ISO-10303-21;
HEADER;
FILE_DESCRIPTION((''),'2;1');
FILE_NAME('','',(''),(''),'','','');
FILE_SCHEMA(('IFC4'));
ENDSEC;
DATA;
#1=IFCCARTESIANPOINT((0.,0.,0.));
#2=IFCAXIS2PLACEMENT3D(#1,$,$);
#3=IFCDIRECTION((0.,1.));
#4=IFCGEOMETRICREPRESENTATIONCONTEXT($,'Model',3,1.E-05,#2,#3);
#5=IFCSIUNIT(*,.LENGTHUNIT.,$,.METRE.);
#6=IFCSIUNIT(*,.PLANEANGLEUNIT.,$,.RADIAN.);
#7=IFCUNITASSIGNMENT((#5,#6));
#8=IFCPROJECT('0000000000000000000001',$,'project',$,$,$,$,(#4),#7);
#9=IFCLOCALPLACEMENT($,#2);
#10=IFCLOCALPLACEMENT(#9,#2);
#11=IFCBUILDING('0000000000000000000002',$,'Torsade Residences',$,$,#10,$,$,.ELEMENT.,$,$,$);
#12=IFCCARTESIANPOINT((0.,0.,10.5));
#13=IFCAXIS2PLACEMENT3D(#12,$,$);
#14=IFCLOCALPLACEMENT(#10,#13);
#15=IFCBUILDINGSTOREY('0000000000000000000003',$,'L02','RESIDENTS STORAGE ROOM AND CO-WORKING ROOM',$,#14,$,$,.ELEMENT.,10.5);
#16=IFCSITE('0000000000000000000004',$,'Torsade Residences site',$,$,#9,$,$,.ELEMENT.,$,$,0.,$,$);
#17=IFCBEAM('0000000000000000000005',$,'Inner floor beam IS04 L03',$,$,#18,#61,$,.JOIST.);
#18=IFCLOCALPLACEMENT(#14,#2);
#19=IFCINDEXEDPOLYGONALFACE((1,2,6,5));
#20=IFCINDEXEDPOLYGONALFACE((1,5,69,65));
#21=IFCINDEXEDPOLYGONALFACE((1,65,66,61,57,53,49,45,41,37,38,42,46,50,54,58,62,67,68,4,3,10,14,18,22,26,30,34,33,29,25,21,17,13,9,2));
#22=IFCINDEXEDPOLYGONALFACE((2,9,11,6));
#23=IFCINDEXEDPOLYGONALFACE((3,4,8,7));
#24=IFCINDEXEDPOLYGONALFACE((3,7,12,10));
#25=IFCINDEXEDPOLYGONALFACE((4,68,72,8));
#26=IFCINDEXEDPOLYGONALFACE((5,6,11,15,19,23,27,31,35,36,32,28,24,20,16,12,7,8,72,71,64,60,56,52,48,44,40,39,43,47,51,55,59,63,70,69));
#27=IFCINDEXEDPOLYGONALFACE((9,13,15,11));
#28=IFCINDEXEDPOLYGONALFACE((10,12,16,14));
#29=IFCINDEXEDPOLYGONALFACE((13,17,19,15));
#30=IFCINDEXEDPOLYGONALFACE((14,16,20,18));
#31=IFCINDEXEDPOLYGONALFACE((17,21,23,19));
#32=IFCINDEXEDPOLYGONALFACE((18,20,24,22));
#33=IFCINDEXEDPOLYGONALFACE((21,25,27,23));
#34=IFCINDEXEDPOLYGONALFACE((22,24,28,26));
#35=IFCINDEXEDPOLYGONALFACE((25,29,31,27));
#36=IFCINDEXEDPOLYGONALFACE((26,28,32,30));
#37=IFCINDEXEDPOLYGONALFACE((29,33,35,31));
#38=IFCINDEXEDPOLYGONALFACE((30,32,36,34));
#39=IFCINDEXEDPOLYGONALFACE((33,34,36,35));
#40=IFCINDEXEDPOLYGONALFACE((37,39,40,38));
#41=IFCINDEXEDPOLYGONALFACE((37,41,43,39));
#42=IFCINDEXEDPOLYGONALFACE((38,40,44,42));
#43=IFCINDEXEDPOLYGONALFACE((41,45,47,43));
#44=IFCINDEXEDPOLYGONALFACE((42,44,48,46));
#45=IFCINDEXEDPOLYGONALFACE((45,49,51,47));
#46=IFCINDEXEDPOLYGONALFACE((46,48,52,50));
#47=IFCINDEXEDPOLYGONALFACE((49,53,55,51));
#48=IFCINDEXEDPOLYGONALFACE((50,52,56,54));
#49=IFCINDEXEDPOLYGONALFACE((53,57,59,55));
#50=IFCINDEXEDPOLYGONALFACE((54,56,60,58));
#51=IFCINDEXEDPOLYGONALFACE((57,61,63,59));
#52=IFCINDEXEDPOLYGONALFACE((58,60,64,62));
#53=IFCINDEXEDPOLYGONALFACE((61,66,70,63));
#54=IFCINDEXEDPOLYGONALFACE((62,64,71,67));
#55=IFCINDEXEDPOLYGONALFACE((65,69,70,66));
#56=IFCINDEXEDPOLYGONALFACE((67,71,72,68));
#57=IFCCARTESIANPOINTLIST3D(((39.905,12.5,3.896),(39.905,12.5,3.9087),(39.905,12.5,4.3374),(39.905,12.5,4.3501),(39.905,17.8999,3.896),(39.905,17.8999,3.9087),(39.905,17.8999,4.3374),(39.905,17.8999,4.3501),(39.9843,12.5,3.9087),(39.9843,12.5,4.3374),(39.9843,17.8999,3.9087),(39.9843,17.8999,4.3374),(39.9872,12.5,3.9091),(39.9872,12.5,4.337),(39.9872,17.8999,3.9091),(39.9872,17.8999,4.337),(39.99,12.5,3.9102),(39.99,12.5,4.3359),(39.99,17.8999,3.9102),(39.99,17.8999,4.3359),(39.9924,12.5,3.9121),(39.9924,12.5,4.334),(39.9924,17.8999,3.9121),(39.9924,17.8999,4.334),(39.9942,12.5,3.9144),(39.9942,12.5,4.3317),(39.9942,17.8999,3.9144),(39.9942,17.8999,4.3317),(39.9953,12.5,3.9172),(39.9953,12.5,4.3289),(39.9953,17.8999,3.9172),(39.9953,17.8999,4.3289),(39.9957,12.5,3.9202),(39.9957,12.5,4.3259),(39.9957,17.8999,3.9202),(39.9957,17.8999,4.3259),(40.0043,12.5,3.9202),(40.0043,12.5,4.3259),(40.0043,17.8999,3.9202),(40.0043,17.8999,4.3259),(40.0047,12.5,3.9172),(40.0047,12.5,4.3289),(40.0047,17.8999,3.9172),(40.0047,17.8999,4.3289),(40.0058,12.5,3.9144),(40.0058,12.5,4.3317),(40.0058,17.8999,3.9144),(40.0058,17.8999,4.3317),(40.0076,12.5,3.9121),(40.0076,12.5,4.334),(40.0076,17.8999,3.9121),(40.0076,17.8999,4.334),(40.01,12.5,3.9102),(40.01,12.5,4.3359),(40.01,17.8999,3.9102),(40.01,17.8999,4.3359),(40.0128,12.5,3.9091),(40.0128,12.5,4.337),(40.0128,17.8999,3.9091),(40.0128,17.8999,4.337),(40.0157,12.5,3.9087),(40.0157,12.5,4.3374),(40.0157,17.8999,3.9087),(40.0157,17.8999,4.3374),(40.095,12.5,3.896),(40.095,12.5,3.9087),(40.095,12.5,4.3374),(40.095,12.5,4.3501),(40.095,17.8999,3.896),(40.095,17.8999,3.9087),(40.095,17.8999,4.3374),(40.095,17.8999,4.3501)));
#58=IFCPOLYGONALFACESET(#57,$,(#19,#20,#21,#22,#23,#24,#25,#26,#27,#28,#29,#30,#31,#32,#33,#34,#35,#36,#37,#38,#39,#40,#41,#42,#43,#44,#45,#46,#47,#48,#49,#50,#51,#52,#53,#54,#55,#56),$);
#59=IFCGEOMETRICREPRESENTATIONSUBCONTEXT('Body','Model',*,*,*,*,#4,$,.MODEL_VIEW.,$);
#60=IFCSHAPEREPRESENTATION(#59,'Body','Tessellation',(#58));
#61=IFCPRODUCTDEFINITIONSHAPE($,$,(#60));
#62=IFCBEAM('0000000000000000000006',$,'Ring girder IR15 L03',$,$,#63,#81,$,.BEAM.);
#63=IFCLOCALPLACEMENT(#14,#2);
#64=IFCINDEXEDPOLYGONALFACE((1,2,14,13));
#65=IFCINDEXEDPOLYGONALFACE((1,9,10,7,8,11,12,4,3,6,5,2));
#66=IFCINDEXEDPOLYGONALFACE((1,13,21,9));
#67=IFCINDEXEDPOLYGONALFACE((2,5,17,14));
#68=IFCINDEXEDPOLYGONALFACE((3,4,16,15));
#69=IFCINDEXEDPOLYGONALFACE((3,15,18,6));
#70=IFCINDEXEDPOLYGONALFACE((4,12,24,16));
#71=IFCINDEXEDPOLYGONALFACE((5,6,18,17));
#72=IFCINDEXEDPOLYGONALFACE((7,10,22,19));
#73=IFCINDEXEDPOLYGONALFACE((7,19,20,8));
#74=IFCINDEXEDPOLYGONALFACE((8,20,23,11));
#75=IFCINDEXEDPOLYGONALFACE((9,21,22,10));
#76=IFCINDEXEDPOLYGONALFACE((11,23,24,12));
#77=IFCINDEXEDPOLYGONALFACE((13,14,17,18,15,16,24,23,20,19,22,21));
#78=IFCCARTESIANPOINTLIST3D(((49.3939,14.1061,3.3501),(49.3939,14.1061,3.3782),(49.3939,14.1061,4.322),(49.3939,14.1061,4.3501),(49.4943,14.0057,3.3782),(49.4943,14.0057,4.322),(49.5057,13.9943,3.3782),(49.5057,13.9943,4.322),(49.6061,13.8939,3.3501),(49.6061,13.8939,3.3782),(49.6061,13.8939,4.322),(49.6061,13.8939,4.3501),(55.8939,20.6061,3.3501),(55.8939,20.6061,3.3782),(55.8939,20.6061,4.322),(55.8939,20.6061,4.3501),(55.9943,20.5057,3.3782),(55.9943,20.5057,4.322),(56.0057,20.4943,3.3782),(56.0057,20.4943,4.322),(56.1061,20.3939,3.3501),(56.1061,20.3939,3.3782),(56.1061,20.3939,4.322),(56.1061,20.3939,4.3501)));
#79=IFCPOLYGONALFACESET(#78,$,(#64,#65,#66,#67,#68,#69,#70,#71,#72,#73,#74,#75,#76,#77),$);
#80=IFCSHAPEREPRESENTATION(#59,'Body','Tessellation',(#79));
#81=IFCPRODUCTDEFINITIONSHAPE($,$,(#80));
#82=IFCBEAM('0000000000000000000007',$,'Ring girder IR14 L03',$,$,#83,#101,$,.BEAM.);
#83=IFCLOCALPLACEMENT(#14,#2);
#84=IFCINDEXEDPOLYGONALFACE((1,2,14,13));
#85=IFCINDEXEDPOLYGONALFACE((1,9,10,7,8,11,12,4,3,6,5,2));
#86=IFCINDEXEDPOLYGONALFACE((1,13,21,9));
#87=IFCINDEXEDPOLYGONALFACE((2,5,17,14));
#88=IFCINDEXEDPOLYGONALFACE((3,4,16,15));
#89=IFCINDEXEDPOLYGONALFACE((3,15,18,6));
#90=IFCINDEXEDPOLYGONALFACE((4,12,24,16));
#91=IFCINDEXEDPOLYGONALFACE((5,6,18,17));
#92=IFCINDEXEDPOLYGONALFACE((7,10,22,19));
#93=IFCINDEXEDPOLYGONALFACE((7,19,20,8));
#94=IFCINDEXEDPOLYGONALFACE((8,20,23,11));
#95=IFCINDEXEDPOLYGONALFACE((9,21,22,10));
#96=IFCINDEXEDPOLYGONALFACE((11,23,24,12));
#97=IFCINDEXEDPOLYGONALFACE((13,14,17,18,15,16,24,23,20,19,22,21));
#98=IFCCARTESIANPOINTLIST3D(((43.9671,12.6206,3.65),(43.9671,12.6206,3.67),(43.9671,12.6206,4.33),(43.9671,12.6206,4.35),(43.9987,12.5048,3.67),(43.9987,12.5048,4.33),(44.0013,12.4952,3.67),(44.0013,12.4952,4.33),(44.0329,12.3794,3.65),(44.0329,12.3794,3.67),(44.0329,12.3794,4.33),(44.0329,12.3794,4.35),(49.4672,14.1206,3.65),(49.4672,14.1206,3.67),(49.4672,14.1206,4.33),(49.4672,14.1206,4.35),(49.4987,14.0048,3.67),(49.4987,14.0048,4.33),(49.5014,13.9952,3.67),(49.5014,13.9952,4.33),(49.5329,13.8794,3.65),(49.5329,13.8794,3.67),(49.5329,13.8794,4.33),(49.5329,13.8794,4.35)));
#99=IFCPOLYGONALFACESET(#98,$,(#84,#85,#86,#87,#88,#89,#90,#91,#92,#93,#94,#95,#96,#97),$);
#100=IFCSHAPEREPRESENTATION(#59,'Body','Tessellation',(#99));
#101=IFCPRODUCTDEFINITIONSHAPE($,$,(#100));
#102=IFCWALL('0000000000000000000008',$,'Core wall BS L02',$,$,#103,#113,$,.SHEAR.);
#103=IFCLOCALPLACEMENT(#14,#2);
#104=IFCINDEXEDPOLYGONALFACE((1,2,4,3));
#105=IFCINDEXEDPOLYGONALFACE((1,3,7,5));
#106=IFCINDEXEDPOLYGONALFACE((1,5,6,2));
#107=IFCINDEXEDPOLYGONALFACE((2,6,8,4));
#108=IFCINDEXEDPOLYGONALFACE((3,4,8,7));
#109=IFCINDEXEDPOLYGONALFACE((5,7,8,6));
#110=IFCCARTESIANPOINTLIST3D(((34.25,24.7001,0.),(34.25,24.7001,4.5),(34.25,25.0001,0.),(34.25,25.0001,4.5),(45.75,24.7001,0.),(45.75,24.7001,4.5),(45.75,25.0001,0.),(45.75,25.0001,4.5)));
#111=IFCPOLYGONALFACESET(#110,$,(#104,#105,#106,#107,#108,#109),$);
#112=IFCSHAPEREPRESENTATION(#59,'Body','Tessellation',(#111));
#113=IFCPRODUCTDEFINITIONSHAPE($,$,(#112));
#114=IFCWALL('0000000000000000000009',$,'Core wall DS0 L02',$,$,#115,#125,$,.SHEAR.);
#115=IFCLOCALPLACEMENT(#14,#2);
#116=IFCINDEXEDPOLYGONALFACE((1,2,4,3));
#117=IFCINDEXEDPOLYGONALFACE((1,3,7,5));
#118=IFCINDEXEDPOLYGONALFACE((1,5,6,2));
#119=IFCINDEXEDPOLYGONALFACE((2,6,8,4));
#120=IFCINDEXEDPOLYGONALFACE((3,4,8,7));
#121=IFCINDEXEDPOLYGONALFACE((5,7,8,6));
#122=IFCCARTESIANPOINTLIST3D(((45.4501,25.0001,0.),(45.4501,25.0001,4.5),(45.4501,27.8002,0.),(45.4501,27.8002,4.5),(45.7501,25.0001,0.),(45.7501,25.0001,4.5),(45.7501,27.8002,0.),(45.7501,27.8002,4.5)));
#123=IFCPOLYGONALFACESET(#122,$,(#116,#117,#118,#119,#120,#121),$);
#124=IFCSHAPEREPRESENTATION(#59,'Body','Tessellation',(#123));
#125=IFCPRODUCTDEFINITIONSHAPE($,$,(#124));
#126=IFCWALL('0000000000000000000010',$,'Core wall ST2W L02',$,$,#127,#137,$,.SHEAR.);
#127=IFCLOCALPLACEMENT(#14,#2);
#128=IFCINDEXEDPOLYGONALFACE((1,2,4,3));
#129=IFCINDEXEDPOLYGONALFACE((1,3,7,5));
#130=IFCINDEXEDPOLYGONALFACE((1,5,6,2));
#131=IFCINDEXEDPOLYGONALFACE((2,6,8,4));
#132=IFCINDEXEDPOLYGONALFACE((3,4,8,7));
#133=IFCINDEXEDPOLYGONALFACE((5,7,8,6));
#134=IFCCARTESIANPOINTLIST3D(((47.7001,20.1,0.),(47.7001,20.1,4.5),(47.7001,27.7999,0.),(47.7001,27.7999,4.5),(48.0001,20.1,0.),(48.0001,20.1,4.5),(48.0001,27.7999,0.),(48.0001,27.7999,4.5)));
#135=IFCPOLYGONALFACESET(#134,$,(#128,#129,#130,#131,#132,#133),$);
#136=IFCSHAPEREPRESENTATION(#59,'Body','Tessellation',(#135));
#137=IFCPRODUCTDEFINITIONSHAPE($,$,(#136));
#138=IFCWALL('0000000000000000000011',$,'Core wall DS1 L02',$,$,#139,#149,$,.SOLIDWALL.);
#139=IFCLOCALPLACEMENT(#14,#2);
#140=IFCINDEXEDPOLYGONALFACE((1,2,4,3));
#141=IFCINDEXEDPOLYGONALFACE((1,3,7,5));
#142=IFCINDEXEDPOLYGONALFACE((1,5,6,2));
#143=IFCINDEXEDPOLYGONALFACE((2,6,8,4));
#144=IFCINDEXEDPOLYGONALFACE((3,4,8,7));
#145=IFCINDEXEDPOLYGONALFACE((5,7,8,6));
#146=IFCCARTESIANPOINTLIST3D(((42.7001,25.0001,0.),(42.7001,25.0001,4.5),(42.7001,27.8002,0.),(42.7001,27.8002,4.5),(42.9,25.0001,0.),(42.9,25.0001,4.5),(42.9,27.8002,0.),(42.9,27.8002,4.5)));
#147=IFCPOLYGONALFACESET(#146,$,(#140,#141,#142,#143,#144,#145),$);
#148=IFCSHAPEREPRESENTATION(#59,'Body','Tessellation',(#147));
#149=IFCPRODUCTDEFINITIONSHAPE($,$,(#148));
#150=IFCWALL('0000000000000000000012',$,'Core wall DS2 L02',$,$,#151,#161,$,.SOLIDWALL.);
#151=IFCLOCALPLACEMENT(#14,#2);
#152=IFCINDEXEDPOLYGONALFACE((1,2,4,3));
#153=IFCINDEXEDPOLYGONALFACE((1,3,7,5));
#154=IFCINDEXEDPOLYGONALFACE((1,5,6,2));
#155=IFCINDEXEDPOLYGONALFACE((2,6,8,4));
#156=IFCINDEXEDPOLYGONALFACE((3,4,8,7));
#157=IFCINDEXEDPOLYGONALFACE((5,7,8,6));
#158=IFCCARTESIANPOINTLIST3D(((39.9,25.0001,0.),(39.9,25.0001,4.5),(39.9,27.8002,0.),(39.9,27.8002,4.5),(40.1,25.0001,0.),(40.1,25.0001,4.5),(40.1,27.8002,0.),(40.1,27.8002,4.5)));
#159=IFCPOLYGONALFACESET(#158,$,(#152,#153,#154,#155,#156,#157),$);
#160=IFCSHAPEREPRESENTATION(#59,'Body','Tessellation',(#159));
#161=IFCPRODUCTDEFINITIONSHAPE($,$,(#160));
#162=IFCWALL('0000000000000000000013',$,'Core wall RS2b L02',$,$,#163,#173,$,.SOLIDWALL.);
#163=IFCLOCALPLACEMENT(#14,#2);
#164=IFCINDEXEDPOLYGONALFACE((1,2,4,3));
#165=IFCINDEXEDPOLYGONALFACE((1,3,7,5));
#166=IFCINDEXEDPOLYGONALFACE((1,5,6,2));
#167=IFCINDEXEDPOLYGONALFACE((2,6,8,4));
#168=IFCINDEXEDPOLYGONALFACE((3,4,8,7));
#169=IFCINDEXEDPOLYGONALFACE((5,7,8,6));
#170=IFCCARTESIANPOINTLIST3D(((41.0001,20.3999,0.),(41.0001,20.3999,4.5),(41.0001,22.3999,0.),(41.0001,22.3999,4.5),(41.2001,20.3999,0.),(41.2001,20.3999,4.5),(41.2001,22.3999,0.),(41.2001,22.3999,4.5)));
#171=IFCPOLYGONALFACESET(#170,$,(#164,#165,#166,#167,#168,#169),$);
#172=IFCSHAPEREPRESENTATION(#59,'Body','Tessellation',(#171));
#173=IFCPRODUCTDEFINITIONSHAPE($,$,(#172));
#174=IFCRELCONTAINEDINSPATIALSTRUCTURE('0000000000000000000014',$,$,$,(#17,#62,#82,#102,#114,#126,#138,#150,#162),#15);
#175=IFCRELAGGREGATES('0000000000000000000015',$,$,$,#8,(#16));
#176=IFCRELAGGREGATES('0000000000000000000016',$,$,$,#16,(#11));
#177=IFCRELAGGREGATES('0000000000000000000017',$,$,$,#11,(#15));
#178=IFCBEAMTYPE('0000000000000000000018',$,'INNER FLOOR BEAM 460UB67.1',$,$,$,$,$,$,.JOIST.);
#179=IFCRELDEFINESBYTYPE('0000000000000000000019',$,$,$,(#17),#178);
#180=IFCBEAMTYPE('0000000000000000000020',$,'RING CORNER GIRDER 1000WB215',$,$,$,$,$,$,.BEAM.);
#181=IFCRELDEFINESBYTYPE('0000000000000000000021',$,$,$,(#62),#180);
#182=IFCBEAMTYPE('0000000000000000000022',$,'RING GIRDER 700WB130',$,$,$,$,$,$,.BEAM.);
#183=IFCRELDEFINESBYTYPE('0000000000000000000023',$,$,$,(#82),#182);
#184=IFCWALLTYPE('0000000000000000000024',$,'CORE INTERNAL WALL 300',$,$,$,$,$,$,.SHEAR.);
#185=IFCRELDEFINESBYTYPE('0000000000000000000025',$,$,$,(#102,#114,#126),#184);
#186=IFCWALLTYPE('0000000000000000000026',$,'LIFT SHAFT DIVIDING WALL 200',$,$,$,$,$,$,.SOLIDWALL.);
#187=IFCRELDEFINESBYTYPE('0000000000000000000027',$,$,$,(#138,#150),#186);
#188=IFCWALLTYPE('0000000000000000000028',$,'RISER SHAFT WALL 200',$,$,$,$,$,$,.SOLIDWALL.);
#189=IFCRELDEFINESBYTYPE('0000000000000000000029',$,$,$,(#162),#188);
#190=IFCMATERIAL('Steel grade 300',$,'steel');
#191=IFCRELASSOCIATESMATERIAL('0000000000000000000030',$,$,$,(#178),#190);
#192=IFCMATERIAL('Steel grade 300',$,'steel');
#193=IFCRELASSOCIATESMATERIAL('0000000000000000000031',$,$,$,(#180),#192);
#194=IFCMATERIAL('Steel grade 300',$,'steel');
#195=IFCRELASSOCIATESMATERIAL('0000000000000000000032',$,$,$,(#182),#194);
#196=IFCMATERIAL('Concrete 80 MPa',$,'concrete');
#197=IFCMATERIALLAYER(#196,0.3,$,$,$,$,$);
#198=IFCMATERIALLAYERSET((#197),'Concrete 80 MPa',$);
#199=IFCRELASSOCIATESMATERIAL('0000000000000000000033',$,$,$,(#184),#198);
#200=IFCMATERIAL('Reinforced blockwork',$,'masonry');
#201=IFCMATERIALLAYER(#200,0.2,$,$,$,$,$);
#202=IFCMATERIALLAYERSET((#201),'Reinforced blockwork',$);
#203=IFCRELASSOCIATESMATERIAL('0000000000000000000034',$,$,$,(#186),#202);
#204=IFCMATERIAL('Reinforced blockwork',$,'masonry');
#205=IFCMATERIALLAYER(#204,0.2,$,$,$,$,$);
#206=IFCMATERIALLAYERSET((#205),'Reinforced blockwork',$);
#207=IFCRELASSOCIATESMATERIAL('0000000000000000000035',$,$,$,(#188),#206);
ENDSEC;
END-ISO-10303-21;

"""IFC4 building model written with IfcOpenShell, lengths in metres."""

from ifc_helpers import new_model, si_unit, direction, frame, frame_2d, origin, origin_2d, place, context, subcontext, project, spatial, rectangle, i_section, extrude, material, layer, layer_set, material_profile, profile_set, type_object, element, save


model = new_model("IFC4")

# Units and contexts
model_context = context("Model", 3, precision=1e-05, world=origin(), true_north=direction((0.0, 1.0)))
body_context = subcontext(model_context, "Body", "Model", "MODEL_VIEW")
ifc_project = project(units=[si_unit("LENGTHUNIT", "METRE"), si_unit("PLANEANGLEUNIT", "RADIAN")], contexts=[model_context])

# Site, building, storey
site_placement = place(None, origin())
site = spatial("IfcSite", under=ifc_project, at=site_placement, Name="Torsade Residences site", CompositionType="ELEMENT", RefElevation=0.0)
building_placement = place(site_placement, origin())
building = spatial("IfcBuilding", under=site, at=building_placement, Name="Torsade Residences", CompositionType="ELEMENT")
storey_placement = place(building_placement, frame((0.0, 0.0, 10.5)))
storey = spatial("IfcBuildingStorey", under=building, at=storey_placement, Name="L02", Description="RESIDENTS STORAGE ROOM AND CO-WORKING ROOM", CompositionType="ELEMENT", Elevation=10.5)

# Beams
ifc_material_1 = material(Name="Steel grade 300", Category="steel")
ifc_material_profile_1 = material_profile(ifc_material_1, i_section(OverallWidth=0.1899, OverallDepth=0.4541, WebThickness=0.0085, FlangeThickness=0.0127, FilletRadius=0.0115, at=origin_2d()), Name="460UB67.1")
ifc_profile_set_1 = profile_set([ifc_material_profile_1], Name="Steel grade 300")
beam_type_1 = type_object("IfcBeamType", Name="INNER FLOOR BEAM 460UB67.1", PredefinedType="JOIST", material=ifc_profile_set_1)
for number, where, z_axis, x_axis, name in (
    (1, (40.0, 17.8999, 4.123), (0.0, -1.0, 0.0), (1.0, 0.0, 0.0), "Inner floor beam IS04 L03"),
):
    element("IfcBeam", number, at=place(storey_placement, frame(where, z_axis=z_axis, x_axis=x_axis)), inside=storey, type_object=beam_type_1, Name=name, PredefinedType="JOIST", context=body_context, shape_type="SweptSolid", body=[
        extrude(i_section(OverallWidth=0.1899, OverallDepth=0.4541, WebThickness=0.0085, FlangeThickness=0.0127, FilletRadius=0.0115, at=origin_2d()), origin(), (0.0, 0.0, 1.0), 5.3999),
    ])
ifc_material_2 = material(Name="Steel grade 300", Category="steel")
ifc_material_profile_2 = material_profile(ifc_material_2, i_section(OverallWidth=0.3, OverallDepth=1.0, WebThickness=0.0161, FlangeThickness=0.0281, at=origin_2d()), Name="1000WB215")
ifc_profile_set_2 = profile_set([ifc_material_profile_2], Name="Steel grade 300")
beam_type_2 = type_object("IfcBeamType", Name="RING CORNER GIRDER 1000WB215", PredefinedType="BEAM", material=ifc_profile_set_2)
beam_1_placement = place(storey_placement, frame((49.5, 14.0, 3.8501), z_axis=(0.707107, 0.707107, 0.0), x_axis=(-0.707107, 0.707107, 0.0)))
element("IfcBeam", 2, at=beam_1_placement, inside=storey, type_object=beam_type_2, Name="Ring girder IR15 L03", PredefinedType="BEAM", context=body_context, shape_type="SweptSolid", body=[
    extrude(i_section(OverallWidth=0.3, OverallDepth=1.0, WebThickness=0.0161, FlangeThickness=0.0281, at=origin_2d()), origin(), (0.0, 0.0, 1.0), 9.1924),
])
ifc_material_3 = material(Name="Steel grade 300", Category="steel")
ifc_material_profile_3 = material_profile(ifc_material_3, i_section(OverallWidth=0.25, OverallDepth=0.7, WebThickness=0.01, FlangeThickness=0.02, at=origin_2d()), Name="700WB130")
ifc_profile_set_3 = profile_set([ifc_material_profile_3], Name="Steel grade 300")
beam_type_3 = type_object("IfcBeamType", Name="RING GIRDER 700WB130", PredefinedType="BEAM", material=ifc_profile_set_3)
beam_2_placement = place(storey_placement, frame((44.0, 12.5, 4.0), z_axis=(0.964764, 0.263117, 0.0), x_axis=(-0.263117, 0.964764, 0.0)))
element("IfcBeam", 3, at=beam_2_placement, inside=storey, type_object=beam_type_3, Name="Ring girder IR14 L03", PredefinedType="BEAM", context=body_context, shape_type="SweptSolid", body=[
    extrude(i_section(OverallWidth=0.25, OverallDepth=0.7, WebThickness=0.01, FlangeThickness=0.02, at=origin_2d()), origin(), (0.0, 0.0, 1.0), 5.7009),
])

# Walls
ifc_material_4 = material(Name="Concrete 80 MPa", Category="concrete")
ifc_layer_1 = layer(ifc_material_4, 0.3)
ifc_layer_set_1 = layer_set([ifc_layer_1], Name="Concrete 80 MPa")
wall_type_1 = type_object("IfcWallType", Name="CORE INTERNAL WALL 300", PredefinedType="SHEAR", material=ifc_layer_set_1)
wall_1_placement = place(storey_placement, frame((45.75, 24.8501, 0.0), z_axis=(0.0, 0.0, 1.0), x_axis=(-1.0, 0.0, 0.0)))
element("IfcWall", 4, at=wall_1_placement, inside=storey, type_object=wall_type_1, Name="Core wall BS L02", PredefinedType="SHEAR", context=body_context, shape_type="SweptSolid", body=[
    extrude(rectangle(XDim=11.5, YDim=0.3, at=frame_2d((5.75, 0.0))), origin(), (0.0, 0.0, 1.0), 4.5),
])
wall_2_placement = place(storey_placement, frame((45.6001, 27.8, 0.0), z_axis=(0.0, 0.0, 1.0), x_axis=(0.0, -1.0, 0.0)))
element("IfcWall", 5, at=wall_2_placement, inside=storey, type_object=wall_type_1, Name="Core wall DS0 L02", PredefinedType="SHEAR", context=body_context, shape_type="SweptSolid", body=[
    extrude(rectangle(XDim=2.8, YDim=0.3, at=frame_2d((1.3999, 0.0))), origin(), (0.0, 0.0, 1.0), 4.5),
])
wall_3_placement = place(storey_placement, frame((47.8501, 27.8, 0.0), z_axis=(0.0, 0.0, 1.0), x_axis=(0.0, -1.0, 0.0)))
element("IfcWall", 6, at=wall_3_placement, inside=storey, type_object=wall_type_1, Name="Core wall ST2W L02", PredefinedType="SHEAR", context=body_context, shape_type="SweptSolid", body=[
    extrude(rectangle(XDim=7.7, YDim=0.3, at=frame_2d((3.8501, 0.0))), origin(), (0.0, 0.0, 1.0), 4.5),
])
ifc_material_5 = material(Name="Reinforced blockwork", Category="masonry")
ifc_layer_2 = layer(ifc_material_5, 0.2)
ifc_layer_set_2 = layer_set([ifc_layer_2], Name="Reinforced blockwork")
wall_type_2 = type_object("IfcWallType", Name="LIFT SHAFT DIVIDING WALL 200", PredefinedType="SOLIDWALL", material=ifc_layer_set_2)
for number, where, z_axis, x_axis, name in (
    (7, (42.8, 27.8, 0.0), (0.0, 0.0, 1.0), (0.0, -1.0, 0.0), "Core wall DS1 L02"),
    (8, (40.0, 27.8, 0.0), (0.0, 0.0, 1.0), (0.0, -1.0, 0.0), "Core wall DS2 L02"),
):
    element("IfcWall", number, at=place(storey_placement, frame(where, z_axis=z_axis, x_axis=x_axis)), inside=storey, type_object=wall_type_2, Name=name, PredefinedType="SOLIDWALL", context=body_context, shape_type="SweptSolid", body=[
        extrude(rectangle(XDim=2.8, YDim=0.2, at=frame_2d((1.3999, 0.0))), origin(), (0.0, 0.0, 1.0), 4.5),
    ])
ifc_material_6 = material(Name="Reinforced blockwork", Category="masonry")
ifc_layer_3 = layer(ifc_material_6, 0.2)
ifc_layer_set_3 = layer_set([ifc_layer_3], Name="Reinforced blockwork")
wall_type_3 = type_object("IfcWallType", Name="RISER SHAFT WALL 200", PredefinedType="SOLIDWALL", material=ifc_layer_set_3)
wall_4_placement = place(storey_placement, frame((41.1001, 22.3999, 0.0), z_axis=(0.0, 0.0, 1.0), x_axis=(0.0, -1.0, 0.0)))
element("IfcWall", 9, at=wall_4_placement, inside=storey, type_object=wall_type_3, Name="Core wall RS2b L02", PredefinedType="SOLIDWALL", context=body_context, shape_type="SweptSolid", body=[
    extrude(rectangle(XDim=2.0, YDim=0.2, at=frame_2d((1.0, 0.0))), origin(), (0.0, 0.0, 1.0), 4.5),
])

save(model, "model.ifc")
